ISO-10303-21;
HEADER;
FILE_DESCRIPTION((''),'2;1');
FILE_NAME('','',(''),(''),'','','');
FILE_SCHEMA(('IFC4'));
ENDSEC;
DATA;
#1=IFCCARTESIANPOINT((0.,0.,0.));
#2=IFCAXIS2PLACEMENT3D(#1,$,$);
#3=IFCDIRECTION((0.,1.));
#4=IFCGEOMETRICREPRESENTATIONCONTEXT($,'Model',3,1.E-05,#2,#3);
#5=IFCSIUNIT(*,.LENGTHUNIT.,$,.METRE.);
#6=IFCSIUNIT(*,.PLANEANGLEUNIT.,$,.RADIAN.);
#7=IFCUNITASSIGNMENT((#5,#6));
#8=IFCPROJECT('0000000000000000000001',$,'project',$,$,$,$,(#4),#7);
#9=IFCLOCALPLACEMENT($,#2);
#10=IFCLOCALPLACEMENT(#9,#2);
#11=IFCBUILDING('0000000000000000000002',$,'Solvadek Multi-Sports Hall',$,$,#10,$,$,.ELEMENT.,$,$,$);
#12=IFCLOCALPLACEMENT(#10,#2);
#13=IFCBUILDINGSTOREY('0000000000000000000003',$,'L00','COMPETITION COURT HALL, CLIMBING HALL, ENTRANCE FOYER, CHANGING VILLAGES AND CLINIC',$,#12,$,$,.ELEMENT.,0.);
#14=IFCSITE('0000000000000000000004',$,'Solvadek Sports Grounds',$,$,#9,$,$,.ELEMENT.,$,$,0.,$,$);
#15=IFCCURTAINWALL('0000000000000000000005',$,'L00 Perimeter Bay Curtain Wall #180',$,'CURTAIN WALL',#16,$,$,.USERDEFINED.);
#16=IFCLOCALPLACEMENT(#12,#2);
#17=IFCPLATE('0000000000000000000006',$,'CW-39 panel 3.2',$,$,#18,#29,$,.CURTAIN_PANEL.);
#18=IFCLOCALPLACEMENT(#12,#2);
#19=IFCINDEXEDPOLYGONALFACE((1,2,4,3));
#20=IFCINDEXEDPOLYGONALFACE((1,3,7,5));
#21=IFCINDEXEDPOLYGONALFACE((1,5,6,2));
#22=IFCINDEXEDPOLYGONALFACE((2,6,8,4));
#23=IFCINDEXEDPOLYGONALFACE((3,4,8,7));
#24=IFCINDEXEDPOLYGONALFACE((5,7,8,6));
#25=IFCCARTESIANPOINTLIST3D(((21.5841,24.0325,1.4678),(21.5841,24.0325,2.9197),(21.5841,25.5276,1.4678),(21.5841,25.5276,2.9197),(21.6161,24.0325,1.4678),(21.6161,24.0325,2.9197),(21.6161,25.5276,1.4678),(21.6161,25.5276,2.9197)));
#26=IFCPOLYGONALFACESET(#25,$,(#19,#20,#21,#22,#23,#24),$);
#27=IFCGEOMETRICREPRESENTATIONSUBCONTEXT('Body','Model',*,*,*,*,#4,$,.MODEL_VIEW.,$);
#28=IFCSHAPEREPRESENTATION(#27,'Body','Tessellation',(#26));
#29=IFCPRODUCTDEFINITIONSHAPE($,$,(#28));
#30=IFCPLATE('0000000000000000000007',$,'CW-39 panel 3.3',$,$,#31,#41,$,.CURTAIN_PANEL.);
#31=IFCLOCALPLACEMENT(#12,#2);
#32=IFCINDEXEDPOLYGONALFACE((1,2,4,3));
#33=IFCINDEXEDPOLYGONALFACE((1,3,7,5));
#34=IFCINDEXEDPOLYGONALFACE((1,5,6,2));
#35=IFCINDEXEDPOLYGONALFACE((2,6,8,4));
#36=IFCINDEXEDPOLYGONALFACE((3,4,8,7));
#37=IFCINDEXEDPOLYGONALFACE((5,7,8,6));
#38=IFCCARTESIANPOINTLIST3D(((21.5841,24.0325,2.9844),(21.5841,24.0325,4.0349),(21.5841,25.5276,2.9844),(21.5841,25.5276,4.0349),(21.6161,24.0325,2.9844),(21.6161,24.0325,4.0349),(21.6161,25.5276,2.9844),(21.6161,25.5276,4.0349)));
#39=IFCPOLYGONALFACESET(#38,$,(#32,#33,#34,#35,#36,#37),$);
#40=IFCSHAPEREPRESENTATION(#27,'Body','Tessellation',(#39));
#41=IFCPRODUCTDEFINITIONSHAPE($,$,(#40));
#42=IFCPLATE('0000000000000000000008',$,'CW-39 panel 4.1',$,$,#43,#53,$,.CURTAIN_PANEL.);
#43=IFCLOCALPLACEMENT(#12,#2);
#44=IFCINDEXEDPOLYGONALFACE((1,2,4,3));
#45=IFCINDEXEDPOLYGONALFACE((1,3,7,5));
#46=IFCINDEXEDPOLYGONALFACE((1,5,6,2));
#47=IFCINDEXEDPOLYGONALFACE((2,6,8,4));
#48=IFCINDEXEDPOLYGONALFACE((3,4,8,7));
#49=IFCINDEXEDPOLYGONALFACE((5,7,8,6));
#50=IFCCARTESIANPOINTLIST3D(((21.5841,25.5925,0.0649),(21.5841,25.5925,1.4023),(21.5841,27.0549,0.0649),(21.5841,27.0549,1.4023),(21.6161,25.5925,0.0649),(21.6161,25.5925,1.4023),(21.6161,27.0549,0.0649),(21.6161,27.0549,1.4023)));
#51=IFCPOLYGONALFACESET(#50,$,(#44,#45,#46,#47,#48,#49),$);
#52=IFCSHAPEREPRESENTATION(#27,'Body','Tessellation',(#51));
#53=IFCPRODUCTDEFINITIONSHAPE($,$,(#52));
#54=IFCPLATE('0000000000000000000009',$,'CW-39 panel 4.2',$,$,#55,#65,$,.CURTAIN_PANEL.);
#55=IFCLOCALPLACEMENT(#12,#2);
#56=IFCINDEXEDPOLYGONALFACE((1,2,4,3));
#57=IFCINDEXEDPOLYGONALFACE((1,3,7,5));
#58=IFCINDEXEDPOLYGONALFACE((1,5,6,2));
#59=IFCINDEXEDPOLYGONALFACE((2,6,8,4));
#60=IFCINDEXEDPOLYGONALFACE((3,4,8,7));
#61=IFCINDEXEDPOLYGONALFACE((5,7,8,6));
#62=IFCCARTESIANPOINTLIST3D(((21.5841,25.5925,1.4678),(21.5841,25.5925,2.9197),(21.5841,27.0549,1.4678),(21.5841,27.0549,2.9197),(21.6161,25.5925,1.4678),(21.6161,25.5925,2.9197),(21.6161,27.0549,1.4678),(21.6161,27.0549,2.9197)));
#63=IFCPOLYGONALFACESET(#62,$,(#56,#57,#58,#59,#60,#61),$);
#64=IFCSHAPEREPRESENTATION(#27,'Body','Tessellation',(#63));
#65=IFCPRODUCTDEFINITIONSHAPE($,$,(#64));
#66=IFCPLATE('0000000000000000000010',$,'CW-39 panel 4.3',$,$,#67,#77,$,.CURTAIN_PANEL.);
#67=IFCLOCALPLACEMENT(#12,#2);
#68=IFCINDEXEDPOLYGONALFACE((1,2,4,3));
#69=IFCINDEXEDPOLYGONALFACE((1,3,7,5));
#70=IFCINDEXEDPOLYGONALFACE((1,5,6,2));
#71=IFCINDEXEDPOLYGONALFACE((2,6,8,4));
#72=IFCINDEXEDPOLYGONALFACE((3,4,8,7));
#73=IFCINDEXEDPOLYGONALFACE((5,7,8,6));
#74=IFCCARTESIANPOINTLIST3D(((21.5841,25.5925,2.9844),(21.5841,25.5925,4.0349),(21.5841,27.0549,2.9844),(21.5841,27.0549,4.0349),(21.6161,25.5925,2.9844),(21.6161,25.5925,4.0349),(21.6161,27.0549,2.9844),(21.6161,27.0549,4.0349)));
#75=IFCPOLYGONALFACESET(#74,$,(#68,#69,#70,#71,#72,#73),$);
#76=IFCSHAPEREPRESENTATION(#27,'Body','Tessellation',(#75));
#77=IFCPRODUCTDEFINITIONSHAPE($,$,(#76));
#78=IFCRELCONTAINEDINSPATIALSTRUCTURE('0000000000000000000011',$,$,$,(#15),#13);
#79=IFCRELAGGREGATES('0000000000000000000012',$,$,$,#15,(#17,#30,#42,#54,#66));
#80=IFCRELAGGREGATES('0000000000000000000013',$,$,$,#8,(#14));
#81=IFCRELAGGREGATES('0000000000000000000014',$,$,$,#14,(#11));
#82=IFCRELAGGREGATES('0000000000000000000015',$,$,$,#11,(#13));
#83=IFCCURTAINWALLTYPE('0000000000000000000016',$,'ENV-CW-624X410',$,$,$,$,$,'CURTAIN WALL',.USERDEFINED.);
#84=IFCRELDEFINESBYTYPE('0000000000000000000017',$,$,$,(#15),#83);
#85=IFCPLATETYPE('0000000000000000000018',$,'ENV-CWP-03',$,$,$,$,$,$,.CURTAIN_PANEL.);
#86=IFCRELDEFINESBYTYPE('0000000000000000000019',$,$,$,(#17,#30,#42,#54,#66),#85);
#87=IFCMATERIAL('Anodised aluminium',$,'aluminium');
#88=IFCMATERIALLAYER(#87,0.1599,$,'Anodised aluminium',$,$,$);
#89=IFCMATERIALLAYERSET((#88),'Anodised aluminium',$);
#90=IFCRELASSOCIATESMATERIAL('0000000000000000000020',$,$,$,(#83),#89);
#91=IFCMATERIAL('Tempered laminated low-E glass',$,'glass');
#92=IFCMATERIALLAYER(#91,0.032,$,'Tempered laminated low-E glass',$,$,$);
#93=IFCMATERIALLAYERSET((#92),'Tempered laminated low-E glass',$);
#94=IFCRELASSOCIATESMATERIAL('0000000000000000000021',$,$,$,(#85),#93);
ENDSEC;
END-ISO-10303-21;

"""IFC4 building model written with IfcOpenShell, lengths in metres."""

from ifc_helpers import new_model, si_unit, direction, frame, origin, origin_2d, place, context, subcontext, project, spatial, rectangle, extrude, material, layer, layer_set, type_object, element, aggregate, save


model = new_model("IFC4")

# Units and contexts
model_context = context("Model", 3, precision=1e-05, world=origin(), true_north=direction((0.0, 1.0)))
body_context = subcontext(model_context, "Body", "Model", "MODEL_VIEW")
ifc_project = project(units=[si_unit("LENGTHUNIT", "METRE"), si_unit("PLANEANGLEUNIT", "RADIAN")], contexts=[model_context])

# Site, building, storey
site_placement = place(None, origin())
site = spatial("IfcSite", under=ifc_project, at=site_placement, Name="Solvadek Sports Grounds", CompositionType="ELEMENT", RefElevation=0.0)
building_placement = place(site_placement, origin())
building = spatial("IfcBuilding", under=site, at=building_placement, Name="Solvadek Multi-Sports Hall", CompositionType="ELEMENT")
storey_placement = place(building_placement, origin())
storey = spatial("IfcBuildingStorey", under=building, at=storey_placement, Name="L00", Description="COMPETITION COURT HALL, CLIMBING HALL, ENTRANCE FOYER, CHANGING VILLAGES AND CLINIC", CompositionType="ELEMENT", Elevation=0.0)

# Curtain wall
ifc_material_1 = material(Name="Anodised aluminium", Category="aluminium")
ifc_layer_1 = layer(ifc_material_1, 0.1599, Name="Anodised aluminium")
ifc_layer_set_1 = layer_set([ifc_layer_1], Name="Anodised aluminium")
curtain_wall_type_1 = type_object("IfcCurtainWallType", Name="ENV-CW-624X410", ElementType="CURTAIN WALL", PredefinedType="USERDEFINED", material=ifc_layer_set_1)
curtain_wall_1_placement = place(storey_placement, origin())
curtain_wall_1 = element("IfcCurtainWall", 1, at=curtain_wall_1_placement, inside=storey, type_object=curtain_wall_type_1, Name="L00 Perimeter Bay Curtain Wall #180", ObjectType="CURTAIN WALL", PredefinedType="USERDEFINED")

# Plates
ifc_material_2 = material(Name="Tempered laminated low-E glass", Category="glass")
ifc_layer_2 = layer(ifc_material_2, 0.032, Name="Tempered laminated low-E glass")
ifc_layer_set_2 = layer_set([ifc_layer_2], Name="Tempered laminated low-E glass")
plate_type_1 = type_object("IfcPlateType", Name="ENV-CWP-03", PredefinedType="CURTAIN_PANEL", material=ifc_layer_set_2)
plate_1_placement = place(storey_placement, frame((21.6001, 24.78, 1.4678), z_axis=(0.0, 0.0, 1.0), x_axis=(0.0, 1.0, 0.0)))
plate_1 = element("IfcPlate", 2, at=plate_1_placement, type_object=plate_type_1, Name="CW-39 panel 3.2", PredefinedType="CURTAIN_PANEL", context=body_context, shape_type="SweptSolid", body=[
    extrude(rectangle(XDim=1.4951, YDim=0.032, at=origin_2d()), origin(), (0.0, 0.0, 1.0), 1.4519),
])
plate_2_placement = place(storey_placement, frame((21.6001, 24.78, 2.9844), z_axis=(0.0, 0.0, 1.0), x_axis=(0.0, 1.0, 0.0)))
plate_2 = element("IfcPlate", 3, at=plate_2_placement, type_object=plate_type_1, Name="CW-39 panel 3.3", PredefinedType="CURTAIN_PANEL", context=body_context, shape_type="SweptSolid", body=[
    extrude(rectangle(XDim=1.4951, YDim=0.032, at=origin_2d()), origin(), (0.0, 0.0, 1.0), 1.0505),
])
plate_3_placement = place(storey_placement, frame((21.6001, 26.3237, 0.0649), z_axis=(0.0, 0.0, 1.0), x_axis=(0.0, 1.0, 0.0)))
plate_3 = element("IfcPlate", 4, at=plate_3_placement, type_object=plate_type_1, Name="CW-39 panel 4.1", PredefinedType="CURTAIN_PANEL", context=body_context, shape_type="SweptSolid", body=[
    extrude(rectangle(XDim=1.4624, YDim=0.032, at=origin_2d()), origin(), (0.0, 0.0, 1.0), 1.3374),
])
plate_4_placement = place(storey_placement, frame((21.6001, 26.3237, 1.4678), z_axis=(0.0, 0.0, 1.0), x_axis=(0.0, 1.0, 0.0)))
plate_4 = element("IfcPlate", 5, at=plate_4_placement, type_object=plate_type_1, Name="CW-39 panel 4.2", PredefinedType="CURTAIN_PANEL", context=body_context, shape_type="SweptSolid", body=[
    extrude(rectangle(XDim=1.4624, YDim=0.032, at=origin_2d()), origin(), (0.0, 0.0, 1.0), 1.4519),
])
plate_5_placement = place(storey_placement, frame((21.6001, 26.3237, 2.9844), z_axis=(0.0, 0.0, 1.0), x_axis=(0.0, 1.0, 0.0)))
plate_5 = element("IfcPlate", 6, at=plate_5_placement, type_object=plate_type_1, Name="CW-39 panel 4.3", PredefinedType="CURTAIN_PANEL", context=body_context, shape_type="SweptSolid", body=[
    extrude(rectangle(XDim=1.4624, YDim=0.032, at=origin_2d()), origin(), (0.0, 0.0, 1.0), 1.0505),
])
aggregate(curtain_wall_1, [plate_1, plate_2, plate_3, plate_4, plate_5])

save(model, "model.ifc")
